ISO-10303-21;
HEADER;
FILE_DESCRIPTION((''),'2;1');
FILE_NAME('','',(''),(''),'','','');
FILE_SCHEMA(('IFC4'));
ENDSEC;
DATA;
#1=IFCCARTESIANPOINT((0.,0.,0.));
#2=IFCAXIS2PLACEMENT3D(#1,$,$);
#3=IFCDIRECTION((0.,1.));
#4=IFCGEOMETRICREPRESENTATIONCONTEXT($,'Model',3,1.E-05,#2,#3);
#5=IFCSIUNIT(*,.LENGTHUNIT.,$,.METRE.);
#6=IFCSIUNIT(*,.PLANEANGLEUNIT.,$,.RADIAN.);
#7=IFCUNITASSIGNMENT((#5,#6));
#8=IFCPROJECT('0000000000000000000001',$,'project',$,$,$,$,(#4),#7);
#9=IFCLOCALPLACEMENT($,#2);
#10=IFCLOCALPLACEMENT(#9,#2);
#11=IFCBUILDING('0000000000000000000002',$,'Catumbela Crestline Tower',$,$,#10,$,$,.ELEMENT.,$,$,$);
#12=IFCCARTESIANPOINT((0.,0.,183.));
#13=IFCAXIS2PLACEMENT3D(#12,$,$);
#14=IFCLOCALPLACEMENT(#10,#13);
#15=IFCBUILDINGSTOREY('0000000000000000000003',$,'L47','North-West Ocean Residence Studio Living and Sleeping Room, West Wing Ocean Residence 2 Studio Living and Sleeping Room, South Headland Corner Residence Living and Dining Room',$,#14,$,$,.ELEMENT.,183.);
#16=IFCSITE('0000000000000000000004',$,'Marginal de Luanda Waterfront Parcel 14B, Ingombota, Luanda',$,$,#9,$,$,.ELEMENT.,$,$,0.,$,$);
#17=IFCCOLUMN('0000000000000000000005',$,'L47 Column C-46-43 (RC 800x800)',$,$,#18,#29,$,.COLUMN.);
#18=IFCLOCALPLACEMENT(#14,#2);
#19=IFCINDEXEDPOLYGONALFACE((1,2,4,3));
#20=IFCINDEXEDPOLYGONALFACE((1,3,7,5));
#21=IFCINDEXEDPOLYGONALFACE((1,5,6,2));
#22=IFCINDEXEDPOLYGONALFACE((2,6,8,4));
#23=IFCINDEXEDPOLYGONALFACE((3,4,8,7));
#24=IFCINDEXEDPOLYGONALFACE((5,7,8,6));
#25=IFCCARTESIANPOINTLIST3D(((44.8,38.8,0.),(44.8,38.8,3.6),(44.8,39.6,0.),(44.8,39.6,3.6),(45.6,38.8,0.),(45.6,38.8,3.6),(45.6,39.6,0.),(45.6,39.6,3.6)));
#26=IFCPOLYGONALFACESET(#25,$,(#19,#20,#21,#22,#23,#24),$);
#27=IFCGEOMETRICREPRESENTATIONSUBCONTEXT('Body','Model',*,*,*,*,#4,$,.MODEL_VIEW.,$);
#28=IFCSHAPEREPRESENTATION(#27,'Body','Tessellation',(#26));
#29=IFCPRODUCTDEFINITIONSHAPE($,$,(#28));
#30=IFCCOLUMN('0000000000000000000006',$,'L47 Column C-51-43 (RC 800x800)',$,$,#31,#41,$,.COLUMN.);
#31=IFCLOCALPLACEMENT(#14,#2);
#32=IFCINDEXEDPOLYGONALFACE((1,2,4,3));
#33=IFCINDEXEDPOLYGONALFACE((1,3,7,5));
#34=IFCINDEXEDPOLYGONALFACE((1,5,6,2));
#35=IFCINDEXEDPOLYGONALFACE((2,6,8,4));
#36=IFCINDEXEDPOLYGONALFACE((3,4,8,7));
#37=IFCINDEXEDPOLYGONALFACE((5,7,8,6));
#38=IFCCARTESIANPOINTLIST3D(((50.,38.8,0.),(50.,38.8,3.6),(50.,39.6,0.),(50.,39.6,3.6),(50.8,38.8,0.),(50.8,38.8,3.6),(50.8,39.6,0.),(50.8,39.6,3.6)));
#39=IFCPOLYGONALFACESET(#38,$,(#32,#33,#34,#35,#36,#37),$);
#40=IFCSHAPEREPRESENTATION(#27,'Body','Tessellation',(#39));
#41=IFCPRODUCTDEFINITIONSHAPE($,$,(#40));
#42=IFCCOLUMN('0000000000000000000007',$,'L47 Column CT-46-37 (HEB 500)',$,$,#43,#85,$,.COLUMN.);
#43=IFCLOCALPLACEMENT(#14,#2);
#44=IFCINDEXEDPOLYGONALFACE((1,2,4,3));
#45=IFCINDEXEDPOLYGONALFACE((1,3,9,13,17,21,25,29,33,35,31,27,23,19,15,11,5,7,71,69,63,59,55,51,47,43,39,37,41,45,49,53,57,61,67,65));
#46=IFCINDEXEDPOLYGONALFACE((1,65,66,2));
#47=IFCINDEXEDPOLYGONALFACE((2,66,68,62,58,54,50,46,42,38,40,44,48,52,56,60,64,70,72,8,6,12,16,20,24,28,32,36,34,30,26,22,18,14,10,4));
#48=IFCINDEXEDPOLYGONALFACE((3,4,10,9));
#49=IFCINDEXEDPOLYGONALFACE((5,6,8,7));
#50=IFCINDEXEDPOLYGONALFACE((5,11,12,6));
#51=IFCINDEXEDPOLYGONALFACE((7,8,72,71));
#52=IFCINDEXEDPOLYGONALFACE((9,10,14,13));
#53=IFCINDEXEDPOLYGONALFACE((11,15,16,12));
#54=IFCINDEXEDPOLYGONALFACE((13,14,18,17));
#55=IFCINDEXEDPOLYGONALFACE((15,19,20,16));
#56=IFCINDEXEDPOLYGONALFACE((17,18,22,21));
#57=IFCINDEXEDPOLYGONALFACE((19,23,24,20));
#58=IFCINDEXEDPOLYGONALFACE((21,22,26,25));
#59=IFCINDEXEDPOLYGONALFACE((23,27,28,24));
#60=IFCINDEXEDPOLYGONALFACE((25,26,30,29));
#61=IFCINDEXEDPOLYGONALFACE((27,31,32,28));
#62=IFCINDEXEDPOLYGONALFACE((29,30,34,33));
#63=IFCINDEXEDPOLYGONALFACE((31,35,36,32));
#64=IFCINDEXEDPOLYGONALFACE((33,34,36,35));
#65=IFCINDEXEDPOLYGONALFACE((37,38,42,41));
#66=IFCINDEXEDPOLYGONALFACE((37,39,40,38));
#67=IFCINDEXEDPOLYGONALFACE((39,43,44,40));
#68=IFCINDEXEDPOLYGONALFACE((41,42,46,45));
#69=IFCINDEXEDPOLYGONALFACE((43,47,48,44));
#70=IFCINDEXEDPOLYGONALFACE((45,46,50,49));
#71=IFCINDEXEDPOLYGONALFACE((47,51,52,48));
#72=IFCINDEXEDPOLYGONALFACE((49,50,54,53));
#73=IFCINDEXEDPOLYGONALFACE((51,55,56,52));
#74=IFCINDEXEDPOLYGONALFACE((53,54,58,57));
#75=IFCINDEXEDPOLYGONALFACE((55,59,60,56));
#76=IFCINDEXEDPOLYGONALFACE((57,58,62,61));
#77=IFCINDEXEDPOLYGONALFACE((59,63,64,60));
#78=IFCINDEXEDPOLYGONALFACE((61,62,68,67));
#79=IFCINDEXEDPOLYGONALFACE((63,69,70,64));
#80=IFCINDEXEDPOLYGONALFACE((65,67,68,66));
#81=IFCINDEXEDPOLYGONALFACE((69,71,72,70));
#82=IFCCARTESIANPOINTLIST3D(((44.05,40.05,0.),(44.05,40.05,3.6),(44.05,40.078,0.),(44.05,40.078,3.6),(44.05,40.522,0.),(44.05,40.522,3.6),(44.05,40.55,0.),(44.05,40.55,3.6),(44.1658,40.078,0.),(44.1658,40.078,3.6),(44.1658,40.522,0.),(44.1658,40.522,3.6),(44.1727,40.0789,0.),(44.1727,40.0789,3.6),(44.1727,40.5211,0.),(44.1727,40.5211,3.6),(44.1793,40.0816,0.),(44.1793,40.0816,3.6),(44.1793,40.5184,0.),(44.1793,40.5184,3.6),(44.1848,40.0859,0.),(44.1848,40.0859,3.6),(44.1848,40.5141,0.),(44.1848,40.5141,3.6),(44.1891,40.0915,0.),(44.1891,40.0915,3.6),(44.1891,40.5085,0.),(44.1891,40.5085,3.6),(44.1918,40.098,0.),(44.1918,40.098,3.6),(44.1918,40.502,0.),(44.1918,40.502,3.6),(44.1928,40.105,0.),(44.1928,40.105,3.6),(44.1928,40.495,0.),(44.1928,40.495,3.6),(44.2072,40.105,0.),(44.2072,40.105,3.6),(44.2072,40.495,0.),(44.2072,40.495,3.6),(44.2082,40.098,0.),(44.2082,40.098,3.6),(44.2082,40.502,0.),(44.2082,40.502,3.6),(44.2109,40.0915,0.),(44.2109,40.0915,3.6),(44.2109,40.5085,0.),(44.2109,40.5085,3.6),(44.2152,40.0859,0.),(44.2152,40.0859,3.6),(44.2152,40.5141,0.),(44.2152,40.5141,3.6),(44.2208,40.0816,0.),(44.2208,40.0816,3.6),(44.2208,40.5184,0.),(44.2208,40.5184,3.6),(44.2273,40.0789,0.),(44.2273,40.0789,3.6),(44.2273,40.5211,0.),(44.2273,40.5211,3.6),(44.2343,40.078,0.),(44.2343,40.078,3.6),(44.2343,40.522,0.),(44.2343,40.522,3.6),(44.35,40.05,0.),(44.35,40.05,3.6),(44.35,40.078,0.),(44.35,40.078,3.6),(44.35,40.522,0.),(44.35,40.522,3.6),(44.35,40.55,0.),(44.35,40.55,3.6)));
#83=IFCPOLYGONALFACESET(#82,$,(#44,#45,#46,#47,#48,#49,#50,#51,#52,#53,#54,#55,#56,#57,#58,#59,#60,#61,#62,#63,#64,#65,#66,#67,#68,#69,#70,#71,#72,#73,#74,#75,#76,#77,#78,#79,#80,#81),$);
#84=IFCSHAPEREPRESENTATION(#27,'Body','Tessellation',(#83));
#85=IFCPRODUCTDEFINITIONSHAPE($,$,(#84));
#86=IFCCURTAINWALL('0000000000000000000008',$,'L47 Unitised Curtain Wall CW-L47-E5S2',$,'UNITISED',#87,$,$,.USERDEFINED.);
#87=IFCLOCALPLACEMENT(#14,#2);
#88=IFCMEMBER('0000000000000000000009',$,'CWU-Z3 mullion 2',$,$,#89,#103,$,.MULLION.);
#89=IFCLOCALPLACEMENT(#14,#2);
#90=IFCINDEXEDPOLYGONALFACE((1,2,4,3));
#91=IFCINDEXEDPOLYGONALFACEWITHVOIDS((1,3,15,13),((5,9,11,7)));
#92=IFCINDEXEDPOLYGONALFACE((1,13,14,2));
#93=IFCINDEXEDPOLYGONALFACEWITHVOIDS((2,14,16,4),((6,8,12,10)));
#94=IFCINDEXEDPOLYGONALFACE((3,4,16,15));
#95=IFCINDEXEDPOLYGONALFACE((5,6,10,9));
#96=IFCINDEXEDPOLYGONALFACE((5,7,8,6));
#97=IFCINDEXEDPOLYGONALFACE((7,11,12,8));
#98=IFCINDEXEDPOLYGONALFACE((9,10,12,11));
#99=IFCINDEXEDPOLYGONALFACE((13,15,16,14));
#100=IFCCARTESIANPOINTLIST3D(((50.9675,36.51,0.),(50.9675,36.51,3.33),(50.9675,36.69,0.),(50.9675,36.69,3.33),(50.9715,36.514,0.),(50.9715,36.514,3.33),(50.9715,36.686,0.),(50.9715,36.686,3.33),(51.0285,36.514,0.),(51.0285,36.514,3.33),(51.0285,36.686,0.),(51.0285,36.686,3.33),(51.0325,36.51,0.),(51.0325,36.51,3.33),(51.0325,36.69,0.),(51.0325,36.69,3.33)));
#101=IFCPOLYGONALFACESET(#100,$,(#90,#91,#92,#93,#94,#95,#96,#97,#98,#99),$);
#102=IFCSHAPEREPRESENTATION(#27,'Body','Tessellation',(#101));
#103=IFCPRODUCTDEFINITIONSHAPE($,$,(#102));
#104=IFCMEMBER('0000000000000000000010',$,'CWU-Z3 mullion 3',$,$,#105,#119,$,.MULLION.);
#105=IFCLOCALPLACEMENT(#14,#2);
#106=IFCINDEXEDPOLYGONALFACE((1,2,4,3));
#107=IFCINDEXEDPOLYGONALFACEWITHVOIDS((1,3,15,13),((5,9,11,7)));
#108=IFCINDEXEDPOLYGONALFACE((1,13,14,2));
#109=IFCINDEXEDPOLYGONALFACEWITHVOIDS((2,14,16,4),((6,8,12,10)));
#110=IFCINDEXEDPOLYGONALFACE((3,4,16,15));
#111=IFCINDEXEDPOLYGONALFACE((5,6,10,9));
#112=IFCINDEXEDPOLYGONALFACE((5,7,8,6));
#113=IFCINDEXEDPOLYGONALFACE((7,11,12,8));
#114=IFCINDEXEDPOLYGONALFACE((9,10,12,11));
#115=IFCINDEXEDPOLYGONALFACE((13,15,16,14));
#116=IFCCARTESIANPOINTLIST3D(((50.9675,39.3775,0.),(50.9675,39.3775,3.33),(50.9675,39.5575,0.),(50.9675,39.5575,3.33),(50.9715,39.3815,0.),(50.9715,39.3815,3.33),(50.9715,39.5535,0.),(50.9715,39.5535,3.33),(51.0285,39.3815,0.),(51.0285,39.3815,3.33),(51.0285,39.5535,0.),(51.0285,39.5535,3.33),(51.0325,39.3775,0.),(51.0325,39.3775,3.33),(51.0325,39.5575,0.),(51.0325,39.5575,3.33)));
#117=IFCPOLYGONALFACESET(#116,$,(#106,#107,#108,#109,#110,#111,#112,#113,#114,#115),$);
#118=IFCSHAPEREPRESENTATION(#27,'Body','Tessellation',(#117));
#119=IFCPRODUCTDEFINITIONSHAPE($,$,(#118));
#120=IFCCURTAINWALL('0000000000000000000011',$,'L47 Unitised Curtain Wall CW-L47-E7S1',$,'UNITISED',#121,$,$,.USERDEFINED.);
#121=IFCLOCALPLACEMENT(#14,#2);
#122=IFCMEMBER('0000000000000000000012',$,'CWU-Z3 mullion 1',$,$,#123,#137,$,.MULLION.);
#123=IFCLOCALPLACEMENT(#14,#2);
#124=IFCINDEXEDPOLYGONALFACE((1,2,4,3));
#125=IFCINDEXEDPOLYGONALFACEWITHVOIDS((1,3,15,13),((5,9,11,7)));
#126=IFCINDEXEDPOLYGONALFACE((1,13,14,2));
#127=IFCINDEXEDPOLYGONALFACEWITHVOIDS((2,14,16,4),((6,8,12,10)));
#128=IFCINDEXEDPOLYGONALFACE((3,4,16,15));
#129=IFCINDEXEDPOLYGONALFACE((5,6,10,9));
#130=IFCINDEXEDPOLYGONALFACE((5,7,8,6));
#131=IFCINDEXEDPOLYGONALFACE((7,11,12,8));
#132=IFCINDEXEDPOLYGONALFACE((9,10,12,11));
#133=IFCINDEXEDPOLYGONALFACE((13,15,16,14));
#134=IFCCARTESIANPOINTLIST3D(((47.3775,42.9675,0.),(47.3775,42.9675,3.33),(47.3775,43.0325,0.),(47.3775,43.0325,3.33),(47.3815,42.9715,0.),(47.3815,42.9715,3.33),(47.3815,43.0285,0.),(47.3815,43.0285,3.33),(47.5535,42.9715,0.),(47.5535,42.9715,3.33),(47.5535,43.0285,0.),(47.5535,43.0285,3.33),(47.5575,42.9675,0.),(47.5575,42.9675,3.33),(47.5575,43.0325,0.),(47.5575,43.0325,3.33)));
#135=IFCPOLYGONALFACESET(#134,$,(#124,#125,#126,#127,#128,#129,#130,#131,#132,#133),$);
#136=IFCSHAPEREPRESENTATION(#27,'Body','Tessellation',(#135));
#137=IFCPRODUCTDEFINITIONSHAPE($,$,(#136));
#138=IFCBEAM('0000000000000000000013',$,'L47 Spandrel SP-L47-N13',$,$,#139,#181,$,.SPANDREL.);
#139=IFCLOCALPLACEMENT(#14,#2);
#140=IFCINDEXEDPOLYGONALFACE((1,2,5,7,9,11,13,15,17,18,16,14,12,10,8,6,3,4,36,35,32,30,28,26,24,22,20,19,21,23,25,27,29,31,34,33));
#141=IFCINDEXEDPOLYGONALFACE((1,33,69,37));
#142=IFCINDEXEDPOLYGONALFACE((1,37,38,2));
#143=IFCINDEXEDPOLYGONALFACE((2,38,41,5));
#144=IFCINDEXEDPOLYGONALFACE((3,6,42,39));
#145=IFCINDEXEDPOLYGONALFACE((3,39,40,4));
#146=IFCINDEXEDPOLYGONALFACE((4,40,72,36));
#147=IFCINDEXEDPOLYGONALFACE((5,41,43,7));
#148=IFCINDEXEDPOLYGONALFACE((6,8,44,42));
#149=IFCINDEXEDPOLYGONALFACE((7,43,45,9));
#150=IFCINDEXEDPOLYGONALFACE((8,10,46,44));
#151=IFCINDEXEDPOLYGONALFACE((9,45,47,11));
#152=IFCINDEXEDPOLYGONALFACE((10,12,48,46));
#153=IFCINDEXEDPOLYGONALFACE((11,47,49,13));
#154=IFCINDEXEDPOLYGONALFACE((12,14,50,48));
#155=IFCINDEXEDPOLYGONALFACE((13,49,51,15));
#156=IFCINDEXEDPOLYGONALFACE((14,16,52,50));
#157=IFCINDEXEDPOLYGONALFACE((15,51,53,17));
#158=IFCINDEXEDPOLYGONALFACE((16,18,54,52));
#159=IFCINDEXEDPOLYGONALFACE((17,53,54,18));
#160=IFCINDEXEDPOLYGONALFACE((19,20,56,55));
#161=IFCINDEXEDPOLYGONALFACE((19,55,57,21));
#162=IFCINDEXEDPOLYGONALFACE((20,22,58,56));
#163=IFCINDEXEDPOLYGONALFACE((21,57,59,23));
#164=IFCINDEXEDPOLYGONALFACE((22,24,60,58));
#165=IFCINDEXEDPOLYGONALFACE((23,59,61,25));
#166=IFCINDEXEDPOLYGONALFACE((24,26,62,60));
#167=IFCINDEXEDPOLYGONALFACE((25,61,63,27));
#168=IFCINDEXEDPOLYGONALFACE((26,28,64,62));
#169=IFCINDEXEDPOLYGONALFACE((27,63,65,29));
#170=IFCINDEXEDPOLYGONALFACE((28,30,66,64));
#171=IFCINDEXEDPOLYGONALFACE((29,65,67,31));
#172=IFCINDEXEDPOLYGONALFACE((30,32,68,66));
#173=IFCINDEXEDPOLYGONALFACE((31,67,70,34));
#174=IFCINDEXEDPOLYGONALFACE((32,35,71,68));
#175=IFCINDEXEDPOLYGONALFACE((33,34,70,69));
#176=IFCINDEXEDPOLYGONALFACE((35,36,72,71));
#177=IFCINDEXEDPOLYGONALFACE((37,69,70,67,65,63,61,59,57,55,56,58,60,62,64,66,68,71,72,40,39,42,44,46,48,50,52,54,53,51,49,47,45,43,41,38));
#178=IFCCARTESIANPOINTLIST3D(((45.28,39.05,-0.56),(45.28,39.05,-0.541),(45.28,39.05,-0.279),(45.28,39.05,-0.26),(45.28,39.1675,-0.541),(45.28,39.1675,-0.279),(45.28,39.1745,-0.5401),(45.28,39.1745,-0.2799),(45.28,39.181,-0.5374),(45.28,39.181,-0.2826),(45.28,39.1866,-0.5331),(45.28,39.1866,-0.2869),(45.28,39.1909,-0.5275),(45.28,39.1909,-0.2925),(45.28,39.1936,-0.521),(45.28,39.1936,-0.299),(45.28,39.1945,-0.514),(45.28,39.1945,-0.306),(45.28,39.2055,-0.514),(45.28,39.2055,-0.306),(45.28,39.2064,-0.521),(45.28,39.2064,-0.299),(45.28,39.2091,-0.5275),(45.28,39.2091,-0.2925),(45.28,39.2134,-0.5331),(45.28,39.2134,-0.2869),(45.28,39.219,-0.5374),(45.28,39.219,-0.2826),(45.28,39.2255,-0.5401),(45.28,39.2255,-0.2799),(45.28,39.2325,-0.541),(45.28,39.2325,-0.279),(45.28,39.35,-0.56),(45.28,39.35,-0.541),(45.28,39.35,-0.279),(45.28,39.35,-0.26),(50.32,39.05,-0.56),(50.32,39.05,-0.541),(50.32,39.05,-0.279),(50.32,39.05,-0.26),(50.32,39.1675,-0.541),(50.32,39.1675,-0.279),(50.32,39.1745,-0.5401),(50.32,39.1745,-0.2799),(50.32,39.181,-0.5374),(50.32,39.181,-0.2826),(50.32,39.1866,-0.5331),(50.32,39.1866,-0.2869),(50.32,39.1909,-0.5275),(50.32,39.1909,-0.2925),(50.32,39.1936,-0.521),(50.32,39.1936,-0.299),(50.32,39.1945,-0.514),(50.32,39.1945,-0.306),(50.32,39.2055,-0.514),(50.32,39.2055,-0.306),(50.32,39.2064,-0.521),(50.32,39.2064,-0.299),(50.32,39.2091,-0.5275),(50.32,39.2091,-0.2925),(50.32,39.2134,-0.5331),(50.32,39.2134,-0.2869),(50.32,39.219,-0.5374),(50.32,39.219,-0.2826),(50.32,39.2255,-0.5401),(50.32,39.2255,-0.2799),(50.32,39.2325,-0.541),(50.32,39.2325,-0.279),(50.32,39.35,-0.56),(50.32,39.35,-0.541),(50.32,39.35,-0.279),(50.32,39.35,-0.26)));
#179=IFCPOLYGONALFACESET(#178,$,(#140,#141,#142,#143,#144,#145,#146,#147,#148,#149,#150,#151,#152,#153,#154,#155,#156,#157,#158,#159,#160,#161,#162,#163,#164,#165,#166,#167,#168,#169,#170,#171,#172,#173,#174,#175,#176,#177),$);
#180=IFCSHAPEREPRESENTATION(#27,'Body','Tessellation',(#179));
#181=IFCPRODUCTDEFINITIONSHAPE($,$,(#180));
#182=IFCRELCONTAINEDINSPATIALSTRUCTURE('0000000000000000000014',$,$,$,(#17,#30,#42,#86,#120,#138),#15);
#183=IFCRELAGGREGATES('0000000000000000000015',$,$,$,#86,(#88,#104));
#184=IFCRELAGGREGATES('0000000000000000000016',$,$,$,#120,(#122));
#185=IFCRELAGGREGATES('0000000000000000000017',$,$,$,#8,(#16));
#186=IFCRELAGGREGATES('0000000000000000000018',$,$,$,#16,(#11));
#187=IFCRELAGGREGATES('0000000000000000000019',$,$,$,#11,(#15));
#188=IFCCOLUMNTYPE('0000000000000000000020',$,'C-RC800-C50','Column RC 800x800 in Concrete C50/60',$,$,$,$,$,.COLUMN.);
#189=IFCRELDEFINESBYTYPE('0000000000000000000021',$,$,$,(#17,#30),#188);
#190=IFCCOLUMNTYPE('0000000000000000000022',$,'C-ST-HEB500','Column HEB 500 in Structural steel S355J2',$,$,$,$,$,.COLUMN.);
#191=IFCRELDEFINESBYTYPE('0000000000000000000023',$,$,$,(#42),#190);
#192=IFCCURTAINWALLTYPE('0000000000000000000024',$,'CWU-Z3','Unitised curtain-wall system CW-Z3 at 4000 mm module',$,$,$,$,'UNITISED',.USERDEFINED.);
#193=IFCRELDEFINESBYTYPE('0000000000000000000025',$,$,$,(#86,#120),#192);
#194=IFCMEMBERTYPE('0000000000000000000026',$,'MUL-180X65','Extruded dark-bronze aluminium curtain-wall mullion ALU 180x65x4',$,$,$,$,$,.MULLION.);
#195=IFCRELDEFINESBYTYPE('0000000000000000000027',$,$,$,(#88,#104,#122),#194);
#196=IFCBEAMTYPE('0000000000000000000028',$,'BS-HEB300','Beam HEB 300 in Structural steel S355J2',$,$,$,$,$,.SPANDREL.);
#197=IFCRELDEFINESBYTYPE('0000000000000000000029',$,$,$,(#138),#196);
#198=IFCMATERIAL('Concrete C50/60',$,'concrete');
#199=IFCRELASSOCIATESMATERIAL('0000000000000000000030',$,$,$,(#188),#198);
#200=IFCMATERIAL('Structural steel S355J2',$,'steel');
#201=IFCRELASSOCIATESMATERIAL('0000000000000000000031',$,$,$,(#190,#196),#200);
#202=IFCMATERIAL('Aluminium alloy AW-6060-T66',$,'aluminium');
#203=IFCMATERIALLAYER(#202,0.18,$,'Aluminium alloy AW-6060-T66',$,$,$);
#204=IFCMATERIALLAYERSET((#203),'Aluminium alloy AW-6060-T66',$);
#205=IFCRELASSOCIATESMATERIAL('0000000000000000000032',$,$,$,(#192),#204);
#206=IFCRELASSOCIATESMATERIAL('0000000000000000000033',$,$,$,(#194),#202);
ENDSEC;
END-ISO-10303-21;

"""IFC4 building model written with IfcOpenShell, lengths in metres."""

from ifc_helpers import new_model, si_unit, direction, frame, origin, origin_2d, place, context, subcontext, project, spatial, rectangle, hollow_rectangle, i_section, extrude, material, layer, layer_set, material_profile, profile_set, type_object, element, aggregate, save


model = new_model("IFC4")

# Units and contexts
model_context = context("Model", 3, precision=1e-05, world=origin(), true_north=direction((0.0, 1.0)))
body_context = subcontext(model_context, "Body", "Model", "MODEL_VIEW")
ifc_project = project(units=[si_unit("LENGTHUNIT", "METRE"), si_unit("PLANEANGLEUNIT", "RADIAN")], contexts=[model_context])

# Site, building, storey
site_placement = place(None, origin())
site = spatial("IfcSite", under=ifc_project, at=site_placement, Name="Marginal de Luanda Waterfront Parcel 14B, Ingombota, Luanda", CompositionType="ELEMENT", RefElevation=0.0)
building_placement = place(site_placement, origin())
building = spatial("IfcBuilding", under=site, at=building_placement, Name="Catumbela Crestline Tower", CompositionType="ELEMENT")
storey_placement = place(building_placement, frame((0.0, 0.0, 183.0)))
storey = spatial("IfcBuildingStorey", under=building, at=storey_placement, Name="L47", Description="North-West Ocean Residence Studio Living and Sleeping Room, West Wing Ocean Residence 2 Studio Living and Sleeping Room, South Headland Corner Residence Living and Dining Room", CompositionType="ELEMENT", Elevation=183.0)

# Columns
ifc_material_1 = material(Name="Concrete C50/60", Category="concrete")
ifc_material_profile_1 = material_profile(ifc_material_1, rectangle(XDim=0.8, YDim=0.8, at=origin_2d()), Name="RC 800x800")
ifc_profile_set_1 = profile_set([ifc_material_profile_1], Name="Concrete C50/60")
column_type_1 = type_object("IfcColumnType", Name="C-RC800-C50", Description="Column RC 800x800 in Concrete C50/60", PredefinedType="COLUMN", material=ifc_profile_set_1)
for number, where, z_axis, x_axis, name in (
    (1, (45.2, 39.2, 0.0), (0.0, 0.0, 1.0), (1.0, 0.0, 0.0), "L47 Column C-46-43 (RC 800x800)"),
    (2, (50.4, 39.2, 0.0), (0.0, 0.0, 1.0), (1.0, 0.0, 0.0), "L47 Column C-51-43 (RC 800x800)"),
):
    element("IfcColumn", number, at=place(storey_placement, frame(where, z_axis=z_axis, x_axis=x_axis)), inside=storey, type_object=column_type_1, Name=name, PredefinedType="COLUMN", context=body_context, shape_type="SweptSolid", body=[
        extrude(rectangle(XDim=0.8, YDim=0.8, at=origin_2d()), origin(), (0.0, 0.0, 1.0), 3.6),
    ])
ifc_material_2 = material(Name="Structural steel S355J2", Category="steel")
ifc_material_profile_2 = material_profile(ifc_material_2, i_section(OverallWidth=0.3, OverallDepth=0.5, WebThickness=0.0145, FlangeThickness=0.028, FilletRadius=0.027, at=origin_2d()), Name="HEB 500")
ifc_profile_set_2 = profile_set([ifc_material_profile_2], Name="Structural steel S355J2")
column_type_2 = type_object("IfcColumnType", Name="C-ST-HEB500", Description="Column HEB 500 in Structural steel S355J2", PredefinedType="COLUMN", material=ifc_profile_set_2)
column_placement = place(storey_placement, frame((44.2, 40.3, 0.0), z_axis=(0.0, 0.0, 1.0), x_axis=(1.0, 0.0, 0.0)))
element("IfcColumn", 3, at=column_placement, inside=storey, type_object=column_type_2, Name="L47 Column CT-46-37 (HEB 500)", PredefinedType="COLUMN", context=body_context, shape_type="SweptSolid", body=[
    extrude(i_section(OverallWidth=0.3, OverallDepth=0.5, WebThickness=0.0145, FlangeThickness=0.028, FilletRadius=0.027, at=origin_2d()), origin(), (0.0, 0.0, 1.0), 3.6),
])

# Curtain wall, members
ifc_material_3 = material(Name="Aluminium alloy AW-6060-T66", Category="aluminium")
ifc_layer_1 = layer(ifc_material_3, 0.18, Name="Aluminium alloy AW-6060-T66")
ifc_layer_set_1 = layer_set([ifc_layer_1], Name="Aluminium alloy AW-6060-T66")
curtain_wall_type = type_object("IfcCurtainWallType", Name="CWU-Z3", Description="Unitised curtain-wall system CW-Z3 at 4000 mm module", ElementType="UNITISED", PredefinedType="USERDEFINED", material=ifc_layer_set_1)
curtain_wall_1_placement = place(storey_placement, origin())
curtain_wall_1 = element("IfcCurtainWall", 4, at=curtain_wall_1_placement, inside=storey, type_object=curtain_wall_type, Name="L47 Unitised Curtain Wall CW-L47-E5S2", ObjectType="UNITISED", PredefinedType="USERDEFINED")
ifc_material_profile_3 = material_profile(ifc_material_3, hollow_rectangle(XDim=0.065, YDim=0.18, WallThickness=0.004, at=origin_2d()), Name="ALU 180x65x4")
ifc_profile_set_3 = profile_set([ifc_material_profile_3], Name="Aluminium alloy AW-6060-T66")
member_type_1 = type_object("IfcMemberType", Name="MUL-180X65", Description="Extruded dark-bronze aluminium curtain-wall mullion ALU 180x65x4", PredefinedType="MULLION", material=ifc_profile_set_3)
member_1_placement = place(storey_placement, frame((51.0, 36.6, 0.0), z_axis=(0.0, 0.0, 1.0), x_axis=(-1.0, 0.0, 0.0)))
member_1 = element("IfcMember", 5, at=member_1_placement, type_object=member_type_1, Name="CWU-Z3 mullion 2", PredefinedType="MULLION", context=body_context, shape_type="SweptSolid", body=[
    extrude(hollow_rectangle(XDim=0.065, YDim=0.18, WallThickness=0.004, at=origin_2d()), origin(), (0.0, 0.0, 1.0), 3.33),
])
member_2_placement = place(storey_placement, frame((51.0, 39.4675, 0.0), z_axis=(0.0, 0.0, 1.0), x_axis=(-1.0, 0.0, 0.0)))
member_2 = element("IfcMember", 6, at=member_2_placement, type_object=member_type_1, Name="CWU-Z3 mullion 3", PredefinedType="MULLION", context=body_context, shape_type="SweptSolid", body=[
    extrude(hollow_rectangle(XDim=0.065, YDim=0.18, WallThickness=0.004, at=origin_2d()), origin(), (0.0, 0.0, 1.0), 3.33),
])

# Curtain wall, member
curtain_wall_2_placement = place(storey_placement, origin())
curtain_wall_2 = element("IfcCurtainWall", 7, at=curtain_wall_2_placement, inside=storey, type_object=curtain_wall_type, Name="L47 Unitised Curtain Wall CW-L47-E7S1", ObjectType="UNITISED", PredefinedType="USERDEFINED")
member_3_placement = place(storey_placement, frame((47.4675, 43.0, 0.0), z_axis=(0.0, 0.0, 1.0), x_axis=(0.0, -1.0, 0.0)))
member_3 = element("IfcMember", 8, at=member_3_placement, type_object=member_type_1, Name="CWU-Z3 mullion 1", PredefinedType="MULLION", context=body_context, shape_type="SweptSolid", body=[
    extrude(hollow_rectangle(XDim=0.065, YDim=0.18, WallThickness=0.004, at=origin_2d()), origin(), (0.0, 0.0, 1.0), 3.33),
])

# Beam
ifc_material_profile_4 = material_profile(ifc_material_2, i_section(OverallWidth=0.3, OverallDepth=0.3, WebThickness=0.011, FlangeThickness=0.019, FilletRadius=0.027, at=origin_2d()), Name="HEB 300")
ifc_profile_set_4 = profile_set([ifc_material_profile_4], Name="Structural steel S355J2")
beam_type = type_object("IfcBeamType", Name="BS-HEB300", Description="Beam HEB 300 in Structural steel S355J2", PredefinedType="SPANDREL", material=ifc_profile_set_4)
beam_1_placement = place(storey_placement, frame((45.28, 39.2, -0.41), z_axis=(1.0, 0.0, 0.0), x_axis=(0.0, 1.0, 0.0)))
element("IfcBeam", 9, at=beam_1_placement, inside=storey, type_object=beam_type, Name="L47 Spandrel SP-L47-N13", PredefinedType="SPANDREL", context=body_context, shape_type="SweptSolid", body=[
    extrude(i_section(OverallWidth=0.3, OverallDepth=0.3, WebThickness=0.011, FlangeThickness=0.019, FilletRadius=0.027, at=origin_2d()), origin(), (0.0, 0.0, 1.0), 5.04),
])

aggregate(curtain_wall_1, [member_1, member_2])
aggregate(curtain_wall_2, [member_3])

save(model, "model.ifc")
